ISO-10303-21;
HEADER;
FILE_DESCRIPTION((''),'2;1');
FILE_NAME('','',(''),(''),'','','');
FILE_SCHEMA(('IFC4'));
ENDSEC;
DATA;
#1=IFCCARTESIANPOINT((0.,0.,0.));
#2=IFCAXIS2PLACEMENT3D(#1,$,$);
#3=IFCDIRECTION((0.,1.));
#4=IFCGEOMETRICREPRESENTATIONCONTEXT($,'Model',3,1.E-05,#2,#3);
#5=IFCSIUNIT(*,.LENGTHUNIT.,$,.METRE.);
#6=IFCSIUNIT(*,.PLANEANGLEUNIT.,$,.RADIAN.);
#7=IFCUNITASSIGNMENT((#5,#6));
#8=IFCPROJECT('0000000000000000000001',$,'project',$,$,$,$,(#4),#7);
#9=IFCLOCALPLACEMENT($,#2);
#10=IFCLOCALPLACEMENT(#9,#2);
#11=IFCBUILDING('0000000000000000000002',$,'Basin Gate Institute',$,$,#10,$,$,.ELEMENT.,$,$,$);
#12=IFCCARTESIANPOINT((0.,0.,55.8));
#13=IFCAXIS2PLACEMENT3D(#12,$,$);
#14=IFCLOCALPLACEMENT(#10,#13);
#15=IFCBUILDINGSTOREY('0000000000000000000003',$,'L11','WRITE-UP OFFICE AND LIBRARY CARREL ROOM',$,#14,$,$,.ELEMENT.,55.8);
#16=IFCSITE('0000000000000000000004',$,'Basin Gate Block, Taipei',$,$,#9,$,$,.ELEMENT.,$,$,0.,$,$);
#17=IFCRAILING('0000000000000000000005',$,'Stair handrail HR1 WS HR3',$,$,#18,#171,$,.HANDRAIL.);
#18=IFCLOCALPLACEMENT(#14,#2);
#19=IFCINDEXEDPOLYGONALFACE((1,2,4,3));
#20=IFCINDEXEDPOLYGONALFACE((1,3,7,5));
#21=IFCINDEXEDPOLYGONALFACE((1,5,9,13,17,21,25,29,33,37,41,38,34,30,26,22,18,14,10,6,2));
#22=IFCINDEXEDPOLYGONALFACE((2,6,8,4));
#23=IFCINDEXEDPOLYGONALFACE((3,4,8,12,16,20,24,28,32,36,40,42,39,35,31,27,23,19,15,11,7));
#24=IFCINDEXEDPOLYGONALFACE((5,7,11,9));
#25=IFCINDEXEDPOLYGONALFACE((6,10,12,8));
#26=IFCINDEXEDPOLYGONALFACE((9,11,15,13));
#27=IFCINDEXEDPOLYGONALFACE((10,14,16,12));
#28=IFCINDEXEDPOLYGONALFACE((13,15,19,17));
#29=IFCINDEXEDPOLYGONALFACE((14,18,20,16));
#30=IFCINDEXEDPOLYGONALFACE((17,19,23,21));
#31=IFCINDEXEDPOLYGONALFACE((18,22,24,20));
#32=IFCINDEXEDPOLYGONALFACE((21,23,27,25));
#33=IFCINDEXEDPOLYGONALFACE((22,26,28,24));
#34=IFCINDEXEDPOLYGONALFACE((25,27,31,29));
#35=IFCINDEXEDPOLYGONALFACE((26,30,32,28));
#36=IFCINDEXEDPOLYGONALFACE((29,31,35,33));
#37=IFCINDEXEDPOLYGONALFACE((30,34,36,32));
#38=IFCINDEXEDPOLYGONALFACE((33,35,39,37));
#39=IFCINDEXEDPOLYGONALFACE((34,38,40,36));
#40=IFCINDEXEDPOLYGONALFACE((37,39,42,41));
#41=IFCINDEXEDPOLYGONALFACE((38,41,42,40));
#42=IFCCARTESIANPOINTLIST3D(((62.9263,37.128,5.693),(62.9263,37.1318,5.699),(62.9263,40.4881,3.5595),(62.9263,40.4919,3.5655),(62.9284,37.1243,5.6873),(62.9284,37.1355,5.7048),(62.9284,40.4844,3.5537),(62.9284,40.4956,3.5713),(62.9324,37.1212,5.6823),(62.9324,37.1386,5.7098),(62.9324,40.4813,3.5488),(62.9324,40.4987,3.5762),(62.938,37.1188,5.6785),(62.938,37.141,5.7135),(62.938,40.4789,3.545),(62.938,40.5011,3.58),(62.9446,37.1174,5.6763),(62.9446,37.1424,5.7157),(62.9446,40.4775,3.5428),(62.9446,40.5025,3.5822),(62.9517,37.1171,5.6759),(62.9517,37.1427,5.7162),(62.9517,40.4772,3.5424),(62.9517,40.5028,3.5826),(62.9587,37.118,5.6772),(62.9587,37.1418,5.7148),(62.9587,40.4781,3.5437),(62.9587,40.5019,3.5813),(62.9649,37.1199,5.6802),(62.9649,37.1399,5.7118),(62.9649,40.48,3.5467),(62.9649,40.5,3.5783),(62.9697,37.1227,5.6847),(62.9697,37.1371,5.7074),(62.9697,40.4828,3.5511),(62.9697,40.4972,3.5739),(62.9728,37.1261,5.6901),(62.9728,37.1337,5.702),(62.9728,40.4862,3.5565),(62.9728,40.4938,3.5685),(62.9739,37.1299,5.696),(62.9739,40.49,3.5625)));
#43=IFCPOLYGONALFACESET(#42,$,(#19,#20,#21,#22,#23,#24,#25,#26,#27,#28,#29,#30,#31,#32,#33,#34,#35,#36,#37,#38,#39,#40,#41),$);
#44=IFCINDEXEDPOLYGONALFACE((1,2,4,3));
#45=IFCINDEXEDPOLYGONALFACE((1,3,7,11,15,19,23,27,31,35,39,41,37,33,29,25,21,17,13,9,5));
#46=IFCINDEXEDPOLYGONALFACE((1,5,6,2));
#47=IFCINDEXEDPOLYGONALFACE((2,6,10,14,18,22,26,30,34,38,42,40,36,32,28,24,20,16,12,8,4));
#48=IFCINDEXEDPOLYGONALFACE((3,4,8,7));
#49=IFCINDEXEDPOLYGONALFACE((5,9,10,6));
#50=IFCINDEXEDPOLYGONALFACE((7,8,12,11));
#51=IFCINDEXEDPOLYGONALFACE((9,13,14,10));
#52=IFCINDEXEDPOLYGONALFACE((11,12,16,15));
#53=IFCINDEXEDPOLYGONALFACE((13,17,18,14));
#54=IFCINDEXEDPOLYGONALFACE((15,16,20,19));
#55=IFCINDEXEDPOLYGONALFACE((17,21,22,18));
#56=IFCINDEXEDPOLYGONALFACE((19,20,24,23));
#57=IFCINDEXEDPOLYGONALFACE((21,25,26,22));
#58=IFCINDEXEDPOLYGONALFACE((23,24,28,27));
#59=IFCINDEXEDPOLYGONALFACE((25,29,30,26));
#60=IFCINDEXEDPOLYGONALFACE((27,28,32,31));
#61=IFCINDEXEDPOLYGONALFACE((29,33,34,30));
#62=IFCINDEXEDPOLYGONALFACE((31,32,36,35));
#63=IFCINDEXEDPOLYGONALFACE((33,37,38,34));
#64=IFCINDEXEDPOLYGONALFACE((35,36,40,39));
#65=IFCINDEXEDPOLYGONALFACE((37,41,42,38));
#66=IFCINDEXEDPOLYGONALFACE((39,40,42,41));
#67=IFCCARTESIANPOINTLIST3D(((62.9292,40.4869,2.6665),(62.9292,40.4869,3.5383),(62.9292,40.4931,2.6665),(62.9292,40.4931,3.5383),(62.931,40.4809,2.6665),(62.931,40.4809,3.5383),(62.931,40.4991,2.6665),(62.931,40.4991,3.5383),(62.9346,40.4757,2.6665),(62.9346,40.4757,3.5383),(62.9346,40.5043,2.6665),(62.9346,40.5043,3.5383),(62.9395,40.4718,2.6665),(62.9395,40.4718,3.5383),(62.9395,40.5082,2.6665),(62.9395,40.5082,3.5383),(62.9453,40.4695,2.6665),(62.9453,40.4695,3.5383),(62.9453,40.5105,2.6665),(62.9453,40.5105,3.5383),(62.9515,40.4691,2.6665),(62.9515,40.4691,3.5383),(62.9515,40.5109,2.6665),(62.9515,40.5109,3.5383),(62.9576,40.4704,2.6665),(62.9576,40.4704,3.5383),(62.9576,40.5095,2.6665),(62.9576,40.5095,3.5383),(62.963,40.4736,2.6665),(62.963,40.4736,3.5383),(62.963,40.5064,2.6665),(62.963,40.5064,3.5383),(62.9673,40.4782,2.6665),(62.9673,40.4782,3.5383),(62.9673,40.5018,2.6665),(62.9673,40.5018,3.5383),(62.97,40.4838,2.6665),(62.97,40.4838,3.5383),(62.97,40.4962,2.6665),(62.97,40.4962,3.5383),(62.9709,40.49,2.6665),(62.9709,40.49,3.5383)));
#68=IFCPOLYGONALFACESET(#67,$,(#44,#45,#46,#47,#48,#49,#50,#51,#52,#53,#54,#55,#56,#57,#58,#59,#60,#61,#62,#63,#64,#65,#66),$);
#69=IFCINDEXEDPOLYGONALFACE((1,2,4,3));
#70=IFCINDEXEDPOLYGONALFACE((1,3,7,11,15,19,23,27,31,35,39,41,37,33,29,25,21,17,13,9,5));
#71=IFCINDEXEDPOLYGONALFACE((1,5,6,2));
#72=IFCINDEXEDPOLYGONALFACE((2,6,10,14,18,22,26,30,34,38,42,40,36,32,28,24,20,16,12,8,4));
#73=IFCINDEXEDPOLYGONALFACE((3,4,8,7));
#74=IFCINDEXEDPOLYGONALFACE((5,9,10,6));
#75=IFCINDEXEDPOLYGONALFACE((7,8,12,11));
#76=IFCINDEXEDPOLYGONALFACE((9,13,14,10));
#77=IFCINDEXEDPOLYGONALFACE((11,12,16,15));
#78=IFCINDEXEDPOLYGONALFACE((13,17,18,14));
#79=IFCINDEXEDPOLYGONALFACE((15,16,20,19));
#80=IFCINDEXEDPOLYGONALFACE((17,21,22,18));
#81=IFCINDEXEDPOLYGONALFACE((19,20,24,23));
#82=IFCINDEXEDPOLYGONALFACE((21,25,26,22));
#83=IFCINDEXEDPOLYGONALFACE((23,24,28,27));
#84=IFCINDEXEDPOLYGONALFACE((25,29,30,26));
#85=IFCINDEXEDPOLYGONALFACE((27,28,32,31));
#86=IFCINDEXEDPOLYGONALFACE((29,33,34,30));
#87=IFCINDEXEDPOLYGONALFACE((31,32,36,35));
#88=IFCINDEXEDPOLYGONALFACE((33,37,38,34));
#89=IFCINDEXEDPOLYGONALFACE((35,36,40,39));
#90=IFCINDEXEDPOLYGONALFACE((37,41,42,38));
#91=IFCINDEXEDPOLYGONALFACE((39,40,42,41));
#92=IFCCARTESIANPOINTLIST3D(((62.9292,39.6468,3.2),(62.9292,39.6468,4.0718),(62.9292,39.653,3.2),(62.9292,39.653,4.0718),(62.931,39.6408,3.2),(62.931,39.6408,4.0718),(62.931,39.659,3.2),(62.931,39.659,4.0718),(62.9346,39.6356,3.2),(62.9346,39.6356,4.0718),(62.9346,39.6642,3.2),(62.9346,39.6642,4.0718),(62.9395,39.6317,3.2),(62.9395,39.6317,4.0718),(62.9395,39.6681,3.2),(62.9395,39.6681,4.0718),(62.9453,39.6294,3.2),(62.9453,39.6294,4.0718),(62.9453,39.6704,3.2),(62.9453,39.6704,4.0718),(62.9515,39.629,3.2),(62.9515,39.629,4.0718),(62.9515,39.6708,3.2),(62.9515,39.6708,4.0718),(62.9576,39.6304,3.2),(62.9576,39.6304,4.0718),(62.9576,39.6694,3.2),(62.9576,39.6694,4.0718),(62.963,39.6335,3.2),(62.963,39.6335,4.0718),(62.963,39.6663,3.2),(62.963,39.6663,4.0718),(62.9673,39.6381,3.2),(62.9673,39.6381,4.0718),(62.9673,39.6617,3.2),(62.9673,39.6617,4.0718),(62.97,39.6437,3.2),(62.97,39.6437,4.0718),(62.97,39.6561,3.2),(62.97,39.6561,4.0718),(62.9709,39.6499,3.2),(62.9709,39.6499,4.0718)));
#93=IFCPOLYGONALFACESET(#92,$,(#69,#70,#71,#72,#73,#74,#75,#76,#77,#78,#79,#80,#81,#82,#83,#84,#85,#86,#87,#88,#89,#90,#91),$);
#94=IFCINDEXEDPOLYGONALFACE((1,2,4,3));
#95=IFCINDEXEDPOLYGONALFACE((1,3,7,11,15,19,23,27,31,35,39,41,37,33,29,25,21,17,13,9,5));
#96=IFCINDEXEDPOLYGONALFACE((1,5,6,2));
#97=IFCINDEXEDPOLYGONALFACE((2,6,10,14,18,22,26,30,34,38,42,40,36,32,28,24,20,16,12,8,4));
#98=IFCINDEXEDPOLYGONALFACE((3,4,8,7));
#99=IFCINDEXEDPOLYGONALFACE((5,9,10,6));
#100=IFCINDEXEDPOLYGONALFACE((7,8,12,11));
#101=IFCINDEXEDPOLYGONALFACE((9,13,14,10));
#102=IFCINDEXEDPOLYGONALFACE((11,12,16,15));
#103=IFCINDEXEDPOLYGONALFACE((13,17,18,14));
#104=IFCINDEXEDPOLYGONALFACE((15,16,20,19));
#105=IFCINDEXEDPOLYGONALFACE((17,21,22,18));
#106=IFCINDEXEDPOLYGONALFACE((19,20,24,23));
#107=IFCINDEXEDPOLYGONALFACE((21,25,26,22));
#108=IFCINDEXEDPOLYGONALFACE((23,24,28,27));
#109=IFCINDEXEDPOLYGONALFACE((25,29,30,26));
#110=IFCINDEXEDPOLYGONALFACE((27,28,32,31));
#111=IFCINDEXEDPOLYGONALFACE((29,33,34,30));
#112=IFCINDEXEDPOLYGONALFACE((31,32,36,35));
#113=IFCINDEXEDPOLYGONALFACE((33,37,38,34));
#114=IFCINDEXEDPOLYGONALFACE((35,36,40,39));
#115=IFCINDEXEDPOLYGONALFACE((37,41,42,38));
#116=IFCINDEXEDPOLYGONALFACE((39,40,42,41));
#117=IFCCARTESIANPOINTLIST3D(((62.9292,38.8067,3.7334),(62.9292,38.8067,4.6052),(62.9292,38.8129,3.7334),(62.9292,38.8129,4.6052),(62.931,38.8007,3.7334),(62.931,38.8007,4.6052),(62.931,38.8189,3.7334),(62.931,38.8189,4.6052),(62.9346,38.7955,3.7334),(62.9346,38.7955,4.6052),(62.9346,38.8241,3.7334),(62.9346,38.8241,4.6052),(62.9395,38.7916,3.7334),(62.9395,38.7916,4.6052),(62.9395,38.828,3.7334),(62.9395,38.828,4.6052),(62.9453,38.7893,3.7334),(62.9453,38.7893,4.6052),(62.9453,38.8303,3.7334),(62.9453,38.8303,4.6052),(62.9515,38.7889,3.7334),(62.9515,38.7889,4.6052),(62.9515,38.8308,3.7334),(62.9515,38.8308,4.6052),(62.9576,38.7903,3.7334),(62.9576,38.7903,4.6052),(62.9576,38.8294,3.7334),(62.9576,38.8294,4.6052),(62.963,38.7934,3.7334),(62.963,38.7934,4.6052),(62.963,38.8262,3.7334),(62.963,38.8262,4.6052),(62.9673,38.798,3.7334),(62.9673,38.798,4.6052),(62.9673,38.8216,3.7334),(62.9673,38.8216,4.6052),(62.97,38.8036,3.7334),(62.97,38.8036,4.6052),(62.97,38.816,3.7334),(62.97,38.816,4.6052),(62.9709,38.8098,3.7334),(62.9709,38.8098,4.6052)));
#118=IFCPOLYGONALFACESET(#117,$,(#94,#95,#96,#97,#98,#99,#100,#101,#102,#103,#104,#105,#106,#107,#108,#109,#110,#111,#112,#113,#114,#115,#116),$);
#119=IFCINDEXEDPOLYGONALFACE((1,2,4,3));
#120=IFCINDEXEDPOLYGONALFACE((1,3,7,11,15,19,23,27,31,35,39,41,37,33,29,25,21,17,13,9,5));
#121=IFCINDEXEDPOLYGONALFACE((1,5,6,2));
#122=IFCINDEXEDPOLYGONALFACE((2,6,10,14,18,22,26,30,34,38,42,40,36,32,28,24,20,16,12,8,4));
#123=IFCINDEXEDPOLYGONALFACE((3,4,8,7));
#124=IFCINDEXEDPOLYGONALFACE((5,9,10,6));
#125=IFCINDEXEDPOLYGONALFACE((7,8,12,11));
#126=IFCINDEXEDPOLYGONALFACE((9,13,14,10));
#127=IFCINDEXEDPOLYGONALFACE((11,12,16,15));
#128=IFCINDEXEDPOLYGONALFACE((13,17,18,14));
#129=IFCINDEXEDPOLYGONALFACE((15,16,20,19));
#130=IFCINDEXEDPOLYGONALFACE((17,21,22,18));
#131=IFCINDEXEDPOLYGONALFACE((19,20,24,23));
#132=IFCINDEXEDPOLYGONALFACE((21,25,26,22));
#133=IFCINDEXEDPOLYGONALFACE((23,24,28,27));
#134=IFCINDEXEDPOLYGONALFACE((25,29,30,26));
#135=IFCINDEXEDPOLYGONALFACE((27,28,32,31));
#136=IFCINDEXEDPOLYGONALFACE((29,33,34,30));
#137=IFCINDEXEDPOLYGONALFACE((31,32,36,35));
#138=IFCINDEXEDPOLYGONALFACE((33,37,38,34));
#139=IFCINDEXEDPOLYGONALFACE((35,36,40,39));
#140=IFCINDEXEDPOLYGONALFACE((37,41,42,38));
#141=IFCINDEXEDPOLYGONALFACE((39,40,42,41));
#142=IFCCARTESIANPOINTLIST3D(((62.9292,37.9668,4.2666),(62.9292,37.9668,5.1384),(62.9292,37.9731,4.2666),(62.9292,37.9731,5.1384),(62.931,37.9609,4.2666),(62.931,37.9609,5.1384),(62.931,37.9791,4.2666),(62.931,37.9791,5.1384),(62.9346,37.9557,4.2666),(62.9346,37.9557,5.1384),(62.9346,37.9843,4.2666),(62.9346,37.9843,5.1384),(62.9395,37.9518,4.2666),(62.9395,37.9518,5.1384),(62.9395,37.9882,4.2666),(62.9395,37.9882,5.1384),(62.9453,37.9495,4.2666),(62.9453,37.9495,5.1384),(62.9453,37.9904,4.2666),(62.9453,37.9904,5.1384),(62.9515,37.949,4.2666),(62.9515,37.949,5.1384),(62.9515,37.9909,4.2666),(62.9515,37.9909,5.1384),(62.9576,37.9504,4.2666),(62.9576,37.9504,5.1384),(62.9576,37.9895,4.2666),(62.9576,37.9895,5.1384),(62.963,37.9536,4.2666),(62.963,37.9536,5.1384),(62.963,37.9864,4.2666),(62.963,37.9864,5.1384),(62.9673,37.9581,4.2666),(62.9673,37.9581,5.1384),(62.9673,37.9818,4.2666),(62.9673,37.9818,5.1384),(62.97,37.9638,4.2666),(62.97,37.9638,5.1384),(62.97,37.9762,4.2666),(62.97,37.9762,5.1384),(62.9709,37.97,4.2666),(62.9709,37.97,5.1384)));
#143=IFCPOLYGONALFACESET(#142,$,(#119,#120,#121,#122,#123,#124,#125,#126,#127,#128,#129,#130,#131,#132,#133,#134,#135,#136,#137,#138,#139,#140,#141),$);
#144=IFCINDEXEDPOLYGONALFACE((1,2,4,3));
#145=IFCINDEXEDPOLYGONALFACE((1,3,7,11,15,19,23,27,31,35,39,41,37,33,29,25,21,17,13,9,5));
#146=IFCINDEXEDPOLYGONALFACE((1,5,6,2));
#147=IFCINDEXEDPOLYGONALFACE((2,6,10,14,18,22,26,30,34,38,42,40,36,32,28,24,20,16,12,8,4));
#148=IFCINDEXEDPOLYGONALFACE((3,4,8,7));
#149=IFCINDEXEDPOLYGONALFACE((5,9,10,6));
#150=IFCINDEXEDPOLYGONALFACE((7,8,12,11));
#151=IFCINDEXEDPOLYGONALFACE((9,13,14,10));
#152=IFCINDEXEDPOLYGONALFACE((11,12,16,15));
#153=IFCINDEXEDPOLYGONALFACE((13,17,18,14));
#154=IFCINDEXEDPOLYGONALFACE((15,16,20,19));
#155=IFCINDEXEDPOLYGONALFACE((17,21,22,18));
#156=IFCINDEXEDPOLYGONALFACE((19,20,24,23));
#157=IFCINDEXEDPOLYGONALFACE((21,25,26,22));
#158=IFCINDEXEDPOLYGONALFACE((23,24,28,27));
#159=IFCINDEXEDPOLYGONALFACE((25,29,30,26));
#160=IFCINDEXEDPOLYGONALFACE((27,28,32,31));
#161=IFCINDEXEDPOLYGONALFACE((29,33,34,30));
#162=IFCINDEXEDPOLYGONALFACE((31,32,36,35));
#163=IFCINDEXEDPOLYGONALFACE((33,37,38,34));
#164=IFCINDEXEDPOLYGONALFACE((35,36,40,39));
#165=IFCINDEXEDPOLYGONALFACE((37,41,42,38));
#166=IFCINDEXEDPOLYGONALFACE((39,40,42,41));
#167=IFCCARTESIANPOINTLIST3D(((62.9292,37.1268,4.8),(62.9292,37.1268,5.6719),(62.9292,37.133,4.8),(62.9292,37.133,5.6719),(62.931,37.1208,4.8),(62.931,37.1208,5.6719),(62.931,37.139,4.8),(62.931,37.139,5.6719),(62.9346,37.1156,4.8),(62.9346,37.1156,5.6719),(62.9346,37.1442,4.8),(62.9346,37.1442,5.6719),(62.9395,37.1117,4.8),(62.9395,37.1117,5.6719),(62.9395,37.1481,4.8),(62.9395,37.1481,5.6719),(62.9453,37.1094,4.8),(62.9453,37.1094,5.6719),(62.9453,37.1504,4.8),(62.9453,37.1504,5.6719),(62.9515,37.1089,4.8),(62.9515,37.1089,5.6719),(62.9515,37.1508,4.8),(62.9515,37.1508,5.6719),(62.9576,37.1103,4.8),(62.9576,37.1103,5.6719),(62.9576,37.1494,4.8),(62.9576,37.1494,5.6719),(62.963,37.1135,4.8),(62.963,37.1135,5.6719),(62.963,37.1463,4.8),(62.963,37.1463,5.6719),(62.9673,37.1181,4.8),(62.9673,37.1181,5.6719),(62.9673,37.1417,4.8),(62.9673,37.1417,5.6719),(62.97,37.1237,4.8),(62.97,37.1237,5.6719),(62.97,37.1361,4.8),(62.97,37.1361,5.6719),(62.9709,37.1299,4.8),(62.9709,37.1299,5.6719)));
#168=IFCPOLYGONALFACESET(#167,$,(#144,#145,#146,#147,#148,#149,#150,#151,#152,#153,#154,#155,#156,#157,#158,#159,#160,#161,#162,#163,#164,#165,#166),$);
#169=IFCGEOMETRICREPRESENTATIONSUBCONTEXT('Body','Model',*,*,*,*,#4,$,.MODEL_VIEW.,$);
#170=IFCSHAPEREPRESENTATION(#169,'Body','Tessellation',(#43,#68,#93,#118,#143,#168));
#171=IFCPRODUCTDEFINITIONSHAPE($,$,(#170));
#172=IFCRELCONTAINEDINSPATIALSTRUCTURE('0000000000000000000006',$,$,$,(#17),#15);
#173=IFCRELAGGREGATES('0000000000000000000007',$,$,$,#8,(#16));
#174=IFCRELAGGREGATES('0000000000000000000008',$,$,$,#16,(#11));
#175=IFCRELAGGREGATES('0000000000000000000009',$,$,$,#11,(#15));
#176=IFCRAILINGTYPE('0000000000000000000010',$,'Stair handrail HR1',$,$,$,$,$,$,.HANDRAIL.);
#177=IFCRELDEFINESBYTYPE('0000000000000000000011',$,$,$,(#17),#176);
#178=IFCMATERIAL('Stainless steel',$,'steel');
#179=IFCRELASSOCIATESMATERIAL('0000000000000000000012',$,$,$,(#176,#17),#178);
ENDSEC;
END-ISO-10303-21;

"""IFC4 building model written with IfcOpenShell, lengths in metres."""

from ifc_helpers import new_model, si_unit, direction, frame, origin, origin_2d, place, context, subcontext, project, spatial, circle, extrude, material, type_object, element, save


model = new_model("IFC4")

# Units and contexts
model_context = context("Model", 3, precision=1e-05, world=origin(), true_north=direction((0.0, 1.0)))
body_context = subcontext(model_context, "Body", "Model", "MODEL_VIEW")
ifc_project = project(units=[si_unit("LENGTHUNIT", "METRE"), si_unit("PLANEANGLEUNIT", "RADIAN")], contexts=[model_context])

# Site, building, storey
site_placement = place(None, origin())
site = spatial("IfcSite", under=ifc_project, at=site_placement, Name="Basin Gate Block, Taipei", CompositionType="ELEMENT", RefElevation=0.0)
building_placement = place(site_placement, origin())
building = spatial("IfcBuilding", under=site, at=building_placement, Name="Basin Gate Institute", CompositionType="ELEMENT")
storey_placement = place(building_placement, frame((0.0, 0.0, 55.8)))
storey = spatial("IfcBuildingStorey", under=building, at=storey_placement, Name="L11", Description="WRITE-UP OFFICE AND LIBRARY CARREL ROOM", CompositionType="ELEMENT", Elevation=55.8)

# Railing
ifc_material_1 = material(Name="Stainless steel", Category="steel")
railing_type_1 = type_object("IfcRailingType", Name="Stair handrail HR1", PredefinedType="HANDRAIL", material=ifc_material_1)
railing_1_placement = place(storey_placement, frame((62.95, 40.49, 2.6665)))
element("IfcRailing", 1, at=railing_1_placement, inside=storey, type_object=railing_type_1, material=ifc_material_1, Name="Stair handrail HR1 WS HR3", PredefinedType="HANDRAIL", context=body_context, shape_type="SweptSolid", body=[
    extrude(circle(Radius=0.0239, at=origin_2d()), frame((0.0, 0.0, 0.896), z_axis=(0.0, -0.844197, 0.536034), x_axis=(1.0, 0.0, 0.0)), (0.0, 0.0, 1.0), 3.9802),
    extrude(circle(Radius=0.021, at=origin_2d()), origin(), (0.0, 0.0, 1.0), 0.8718),
    extrude(circle(Radius=0.021, at=origin_2d()), frame((0.0, -0.8401, 0.5334)), (0.0, 0.0, 1.0), 0.8718),
    extrude(circle(Radius=0.021, at=origin_2d()), frame((0.0, -1.6802, 1.0669)), (0.0, 0.0, 1.0), 0.8718),
    extrude(circle(Radius=0.021, at=origin_2d()), frame((0.0, -2.52, 1.6001)), (0.0, 0.0, 1.0), 0.8718),
    extrude(circle(Radius=0.021, at=origin_2d()), frame((0.0, -3.3601, 2.1335)), (0.0, 0.0, 1.0), 0.8718),
])

save(model, "model.ifc")
